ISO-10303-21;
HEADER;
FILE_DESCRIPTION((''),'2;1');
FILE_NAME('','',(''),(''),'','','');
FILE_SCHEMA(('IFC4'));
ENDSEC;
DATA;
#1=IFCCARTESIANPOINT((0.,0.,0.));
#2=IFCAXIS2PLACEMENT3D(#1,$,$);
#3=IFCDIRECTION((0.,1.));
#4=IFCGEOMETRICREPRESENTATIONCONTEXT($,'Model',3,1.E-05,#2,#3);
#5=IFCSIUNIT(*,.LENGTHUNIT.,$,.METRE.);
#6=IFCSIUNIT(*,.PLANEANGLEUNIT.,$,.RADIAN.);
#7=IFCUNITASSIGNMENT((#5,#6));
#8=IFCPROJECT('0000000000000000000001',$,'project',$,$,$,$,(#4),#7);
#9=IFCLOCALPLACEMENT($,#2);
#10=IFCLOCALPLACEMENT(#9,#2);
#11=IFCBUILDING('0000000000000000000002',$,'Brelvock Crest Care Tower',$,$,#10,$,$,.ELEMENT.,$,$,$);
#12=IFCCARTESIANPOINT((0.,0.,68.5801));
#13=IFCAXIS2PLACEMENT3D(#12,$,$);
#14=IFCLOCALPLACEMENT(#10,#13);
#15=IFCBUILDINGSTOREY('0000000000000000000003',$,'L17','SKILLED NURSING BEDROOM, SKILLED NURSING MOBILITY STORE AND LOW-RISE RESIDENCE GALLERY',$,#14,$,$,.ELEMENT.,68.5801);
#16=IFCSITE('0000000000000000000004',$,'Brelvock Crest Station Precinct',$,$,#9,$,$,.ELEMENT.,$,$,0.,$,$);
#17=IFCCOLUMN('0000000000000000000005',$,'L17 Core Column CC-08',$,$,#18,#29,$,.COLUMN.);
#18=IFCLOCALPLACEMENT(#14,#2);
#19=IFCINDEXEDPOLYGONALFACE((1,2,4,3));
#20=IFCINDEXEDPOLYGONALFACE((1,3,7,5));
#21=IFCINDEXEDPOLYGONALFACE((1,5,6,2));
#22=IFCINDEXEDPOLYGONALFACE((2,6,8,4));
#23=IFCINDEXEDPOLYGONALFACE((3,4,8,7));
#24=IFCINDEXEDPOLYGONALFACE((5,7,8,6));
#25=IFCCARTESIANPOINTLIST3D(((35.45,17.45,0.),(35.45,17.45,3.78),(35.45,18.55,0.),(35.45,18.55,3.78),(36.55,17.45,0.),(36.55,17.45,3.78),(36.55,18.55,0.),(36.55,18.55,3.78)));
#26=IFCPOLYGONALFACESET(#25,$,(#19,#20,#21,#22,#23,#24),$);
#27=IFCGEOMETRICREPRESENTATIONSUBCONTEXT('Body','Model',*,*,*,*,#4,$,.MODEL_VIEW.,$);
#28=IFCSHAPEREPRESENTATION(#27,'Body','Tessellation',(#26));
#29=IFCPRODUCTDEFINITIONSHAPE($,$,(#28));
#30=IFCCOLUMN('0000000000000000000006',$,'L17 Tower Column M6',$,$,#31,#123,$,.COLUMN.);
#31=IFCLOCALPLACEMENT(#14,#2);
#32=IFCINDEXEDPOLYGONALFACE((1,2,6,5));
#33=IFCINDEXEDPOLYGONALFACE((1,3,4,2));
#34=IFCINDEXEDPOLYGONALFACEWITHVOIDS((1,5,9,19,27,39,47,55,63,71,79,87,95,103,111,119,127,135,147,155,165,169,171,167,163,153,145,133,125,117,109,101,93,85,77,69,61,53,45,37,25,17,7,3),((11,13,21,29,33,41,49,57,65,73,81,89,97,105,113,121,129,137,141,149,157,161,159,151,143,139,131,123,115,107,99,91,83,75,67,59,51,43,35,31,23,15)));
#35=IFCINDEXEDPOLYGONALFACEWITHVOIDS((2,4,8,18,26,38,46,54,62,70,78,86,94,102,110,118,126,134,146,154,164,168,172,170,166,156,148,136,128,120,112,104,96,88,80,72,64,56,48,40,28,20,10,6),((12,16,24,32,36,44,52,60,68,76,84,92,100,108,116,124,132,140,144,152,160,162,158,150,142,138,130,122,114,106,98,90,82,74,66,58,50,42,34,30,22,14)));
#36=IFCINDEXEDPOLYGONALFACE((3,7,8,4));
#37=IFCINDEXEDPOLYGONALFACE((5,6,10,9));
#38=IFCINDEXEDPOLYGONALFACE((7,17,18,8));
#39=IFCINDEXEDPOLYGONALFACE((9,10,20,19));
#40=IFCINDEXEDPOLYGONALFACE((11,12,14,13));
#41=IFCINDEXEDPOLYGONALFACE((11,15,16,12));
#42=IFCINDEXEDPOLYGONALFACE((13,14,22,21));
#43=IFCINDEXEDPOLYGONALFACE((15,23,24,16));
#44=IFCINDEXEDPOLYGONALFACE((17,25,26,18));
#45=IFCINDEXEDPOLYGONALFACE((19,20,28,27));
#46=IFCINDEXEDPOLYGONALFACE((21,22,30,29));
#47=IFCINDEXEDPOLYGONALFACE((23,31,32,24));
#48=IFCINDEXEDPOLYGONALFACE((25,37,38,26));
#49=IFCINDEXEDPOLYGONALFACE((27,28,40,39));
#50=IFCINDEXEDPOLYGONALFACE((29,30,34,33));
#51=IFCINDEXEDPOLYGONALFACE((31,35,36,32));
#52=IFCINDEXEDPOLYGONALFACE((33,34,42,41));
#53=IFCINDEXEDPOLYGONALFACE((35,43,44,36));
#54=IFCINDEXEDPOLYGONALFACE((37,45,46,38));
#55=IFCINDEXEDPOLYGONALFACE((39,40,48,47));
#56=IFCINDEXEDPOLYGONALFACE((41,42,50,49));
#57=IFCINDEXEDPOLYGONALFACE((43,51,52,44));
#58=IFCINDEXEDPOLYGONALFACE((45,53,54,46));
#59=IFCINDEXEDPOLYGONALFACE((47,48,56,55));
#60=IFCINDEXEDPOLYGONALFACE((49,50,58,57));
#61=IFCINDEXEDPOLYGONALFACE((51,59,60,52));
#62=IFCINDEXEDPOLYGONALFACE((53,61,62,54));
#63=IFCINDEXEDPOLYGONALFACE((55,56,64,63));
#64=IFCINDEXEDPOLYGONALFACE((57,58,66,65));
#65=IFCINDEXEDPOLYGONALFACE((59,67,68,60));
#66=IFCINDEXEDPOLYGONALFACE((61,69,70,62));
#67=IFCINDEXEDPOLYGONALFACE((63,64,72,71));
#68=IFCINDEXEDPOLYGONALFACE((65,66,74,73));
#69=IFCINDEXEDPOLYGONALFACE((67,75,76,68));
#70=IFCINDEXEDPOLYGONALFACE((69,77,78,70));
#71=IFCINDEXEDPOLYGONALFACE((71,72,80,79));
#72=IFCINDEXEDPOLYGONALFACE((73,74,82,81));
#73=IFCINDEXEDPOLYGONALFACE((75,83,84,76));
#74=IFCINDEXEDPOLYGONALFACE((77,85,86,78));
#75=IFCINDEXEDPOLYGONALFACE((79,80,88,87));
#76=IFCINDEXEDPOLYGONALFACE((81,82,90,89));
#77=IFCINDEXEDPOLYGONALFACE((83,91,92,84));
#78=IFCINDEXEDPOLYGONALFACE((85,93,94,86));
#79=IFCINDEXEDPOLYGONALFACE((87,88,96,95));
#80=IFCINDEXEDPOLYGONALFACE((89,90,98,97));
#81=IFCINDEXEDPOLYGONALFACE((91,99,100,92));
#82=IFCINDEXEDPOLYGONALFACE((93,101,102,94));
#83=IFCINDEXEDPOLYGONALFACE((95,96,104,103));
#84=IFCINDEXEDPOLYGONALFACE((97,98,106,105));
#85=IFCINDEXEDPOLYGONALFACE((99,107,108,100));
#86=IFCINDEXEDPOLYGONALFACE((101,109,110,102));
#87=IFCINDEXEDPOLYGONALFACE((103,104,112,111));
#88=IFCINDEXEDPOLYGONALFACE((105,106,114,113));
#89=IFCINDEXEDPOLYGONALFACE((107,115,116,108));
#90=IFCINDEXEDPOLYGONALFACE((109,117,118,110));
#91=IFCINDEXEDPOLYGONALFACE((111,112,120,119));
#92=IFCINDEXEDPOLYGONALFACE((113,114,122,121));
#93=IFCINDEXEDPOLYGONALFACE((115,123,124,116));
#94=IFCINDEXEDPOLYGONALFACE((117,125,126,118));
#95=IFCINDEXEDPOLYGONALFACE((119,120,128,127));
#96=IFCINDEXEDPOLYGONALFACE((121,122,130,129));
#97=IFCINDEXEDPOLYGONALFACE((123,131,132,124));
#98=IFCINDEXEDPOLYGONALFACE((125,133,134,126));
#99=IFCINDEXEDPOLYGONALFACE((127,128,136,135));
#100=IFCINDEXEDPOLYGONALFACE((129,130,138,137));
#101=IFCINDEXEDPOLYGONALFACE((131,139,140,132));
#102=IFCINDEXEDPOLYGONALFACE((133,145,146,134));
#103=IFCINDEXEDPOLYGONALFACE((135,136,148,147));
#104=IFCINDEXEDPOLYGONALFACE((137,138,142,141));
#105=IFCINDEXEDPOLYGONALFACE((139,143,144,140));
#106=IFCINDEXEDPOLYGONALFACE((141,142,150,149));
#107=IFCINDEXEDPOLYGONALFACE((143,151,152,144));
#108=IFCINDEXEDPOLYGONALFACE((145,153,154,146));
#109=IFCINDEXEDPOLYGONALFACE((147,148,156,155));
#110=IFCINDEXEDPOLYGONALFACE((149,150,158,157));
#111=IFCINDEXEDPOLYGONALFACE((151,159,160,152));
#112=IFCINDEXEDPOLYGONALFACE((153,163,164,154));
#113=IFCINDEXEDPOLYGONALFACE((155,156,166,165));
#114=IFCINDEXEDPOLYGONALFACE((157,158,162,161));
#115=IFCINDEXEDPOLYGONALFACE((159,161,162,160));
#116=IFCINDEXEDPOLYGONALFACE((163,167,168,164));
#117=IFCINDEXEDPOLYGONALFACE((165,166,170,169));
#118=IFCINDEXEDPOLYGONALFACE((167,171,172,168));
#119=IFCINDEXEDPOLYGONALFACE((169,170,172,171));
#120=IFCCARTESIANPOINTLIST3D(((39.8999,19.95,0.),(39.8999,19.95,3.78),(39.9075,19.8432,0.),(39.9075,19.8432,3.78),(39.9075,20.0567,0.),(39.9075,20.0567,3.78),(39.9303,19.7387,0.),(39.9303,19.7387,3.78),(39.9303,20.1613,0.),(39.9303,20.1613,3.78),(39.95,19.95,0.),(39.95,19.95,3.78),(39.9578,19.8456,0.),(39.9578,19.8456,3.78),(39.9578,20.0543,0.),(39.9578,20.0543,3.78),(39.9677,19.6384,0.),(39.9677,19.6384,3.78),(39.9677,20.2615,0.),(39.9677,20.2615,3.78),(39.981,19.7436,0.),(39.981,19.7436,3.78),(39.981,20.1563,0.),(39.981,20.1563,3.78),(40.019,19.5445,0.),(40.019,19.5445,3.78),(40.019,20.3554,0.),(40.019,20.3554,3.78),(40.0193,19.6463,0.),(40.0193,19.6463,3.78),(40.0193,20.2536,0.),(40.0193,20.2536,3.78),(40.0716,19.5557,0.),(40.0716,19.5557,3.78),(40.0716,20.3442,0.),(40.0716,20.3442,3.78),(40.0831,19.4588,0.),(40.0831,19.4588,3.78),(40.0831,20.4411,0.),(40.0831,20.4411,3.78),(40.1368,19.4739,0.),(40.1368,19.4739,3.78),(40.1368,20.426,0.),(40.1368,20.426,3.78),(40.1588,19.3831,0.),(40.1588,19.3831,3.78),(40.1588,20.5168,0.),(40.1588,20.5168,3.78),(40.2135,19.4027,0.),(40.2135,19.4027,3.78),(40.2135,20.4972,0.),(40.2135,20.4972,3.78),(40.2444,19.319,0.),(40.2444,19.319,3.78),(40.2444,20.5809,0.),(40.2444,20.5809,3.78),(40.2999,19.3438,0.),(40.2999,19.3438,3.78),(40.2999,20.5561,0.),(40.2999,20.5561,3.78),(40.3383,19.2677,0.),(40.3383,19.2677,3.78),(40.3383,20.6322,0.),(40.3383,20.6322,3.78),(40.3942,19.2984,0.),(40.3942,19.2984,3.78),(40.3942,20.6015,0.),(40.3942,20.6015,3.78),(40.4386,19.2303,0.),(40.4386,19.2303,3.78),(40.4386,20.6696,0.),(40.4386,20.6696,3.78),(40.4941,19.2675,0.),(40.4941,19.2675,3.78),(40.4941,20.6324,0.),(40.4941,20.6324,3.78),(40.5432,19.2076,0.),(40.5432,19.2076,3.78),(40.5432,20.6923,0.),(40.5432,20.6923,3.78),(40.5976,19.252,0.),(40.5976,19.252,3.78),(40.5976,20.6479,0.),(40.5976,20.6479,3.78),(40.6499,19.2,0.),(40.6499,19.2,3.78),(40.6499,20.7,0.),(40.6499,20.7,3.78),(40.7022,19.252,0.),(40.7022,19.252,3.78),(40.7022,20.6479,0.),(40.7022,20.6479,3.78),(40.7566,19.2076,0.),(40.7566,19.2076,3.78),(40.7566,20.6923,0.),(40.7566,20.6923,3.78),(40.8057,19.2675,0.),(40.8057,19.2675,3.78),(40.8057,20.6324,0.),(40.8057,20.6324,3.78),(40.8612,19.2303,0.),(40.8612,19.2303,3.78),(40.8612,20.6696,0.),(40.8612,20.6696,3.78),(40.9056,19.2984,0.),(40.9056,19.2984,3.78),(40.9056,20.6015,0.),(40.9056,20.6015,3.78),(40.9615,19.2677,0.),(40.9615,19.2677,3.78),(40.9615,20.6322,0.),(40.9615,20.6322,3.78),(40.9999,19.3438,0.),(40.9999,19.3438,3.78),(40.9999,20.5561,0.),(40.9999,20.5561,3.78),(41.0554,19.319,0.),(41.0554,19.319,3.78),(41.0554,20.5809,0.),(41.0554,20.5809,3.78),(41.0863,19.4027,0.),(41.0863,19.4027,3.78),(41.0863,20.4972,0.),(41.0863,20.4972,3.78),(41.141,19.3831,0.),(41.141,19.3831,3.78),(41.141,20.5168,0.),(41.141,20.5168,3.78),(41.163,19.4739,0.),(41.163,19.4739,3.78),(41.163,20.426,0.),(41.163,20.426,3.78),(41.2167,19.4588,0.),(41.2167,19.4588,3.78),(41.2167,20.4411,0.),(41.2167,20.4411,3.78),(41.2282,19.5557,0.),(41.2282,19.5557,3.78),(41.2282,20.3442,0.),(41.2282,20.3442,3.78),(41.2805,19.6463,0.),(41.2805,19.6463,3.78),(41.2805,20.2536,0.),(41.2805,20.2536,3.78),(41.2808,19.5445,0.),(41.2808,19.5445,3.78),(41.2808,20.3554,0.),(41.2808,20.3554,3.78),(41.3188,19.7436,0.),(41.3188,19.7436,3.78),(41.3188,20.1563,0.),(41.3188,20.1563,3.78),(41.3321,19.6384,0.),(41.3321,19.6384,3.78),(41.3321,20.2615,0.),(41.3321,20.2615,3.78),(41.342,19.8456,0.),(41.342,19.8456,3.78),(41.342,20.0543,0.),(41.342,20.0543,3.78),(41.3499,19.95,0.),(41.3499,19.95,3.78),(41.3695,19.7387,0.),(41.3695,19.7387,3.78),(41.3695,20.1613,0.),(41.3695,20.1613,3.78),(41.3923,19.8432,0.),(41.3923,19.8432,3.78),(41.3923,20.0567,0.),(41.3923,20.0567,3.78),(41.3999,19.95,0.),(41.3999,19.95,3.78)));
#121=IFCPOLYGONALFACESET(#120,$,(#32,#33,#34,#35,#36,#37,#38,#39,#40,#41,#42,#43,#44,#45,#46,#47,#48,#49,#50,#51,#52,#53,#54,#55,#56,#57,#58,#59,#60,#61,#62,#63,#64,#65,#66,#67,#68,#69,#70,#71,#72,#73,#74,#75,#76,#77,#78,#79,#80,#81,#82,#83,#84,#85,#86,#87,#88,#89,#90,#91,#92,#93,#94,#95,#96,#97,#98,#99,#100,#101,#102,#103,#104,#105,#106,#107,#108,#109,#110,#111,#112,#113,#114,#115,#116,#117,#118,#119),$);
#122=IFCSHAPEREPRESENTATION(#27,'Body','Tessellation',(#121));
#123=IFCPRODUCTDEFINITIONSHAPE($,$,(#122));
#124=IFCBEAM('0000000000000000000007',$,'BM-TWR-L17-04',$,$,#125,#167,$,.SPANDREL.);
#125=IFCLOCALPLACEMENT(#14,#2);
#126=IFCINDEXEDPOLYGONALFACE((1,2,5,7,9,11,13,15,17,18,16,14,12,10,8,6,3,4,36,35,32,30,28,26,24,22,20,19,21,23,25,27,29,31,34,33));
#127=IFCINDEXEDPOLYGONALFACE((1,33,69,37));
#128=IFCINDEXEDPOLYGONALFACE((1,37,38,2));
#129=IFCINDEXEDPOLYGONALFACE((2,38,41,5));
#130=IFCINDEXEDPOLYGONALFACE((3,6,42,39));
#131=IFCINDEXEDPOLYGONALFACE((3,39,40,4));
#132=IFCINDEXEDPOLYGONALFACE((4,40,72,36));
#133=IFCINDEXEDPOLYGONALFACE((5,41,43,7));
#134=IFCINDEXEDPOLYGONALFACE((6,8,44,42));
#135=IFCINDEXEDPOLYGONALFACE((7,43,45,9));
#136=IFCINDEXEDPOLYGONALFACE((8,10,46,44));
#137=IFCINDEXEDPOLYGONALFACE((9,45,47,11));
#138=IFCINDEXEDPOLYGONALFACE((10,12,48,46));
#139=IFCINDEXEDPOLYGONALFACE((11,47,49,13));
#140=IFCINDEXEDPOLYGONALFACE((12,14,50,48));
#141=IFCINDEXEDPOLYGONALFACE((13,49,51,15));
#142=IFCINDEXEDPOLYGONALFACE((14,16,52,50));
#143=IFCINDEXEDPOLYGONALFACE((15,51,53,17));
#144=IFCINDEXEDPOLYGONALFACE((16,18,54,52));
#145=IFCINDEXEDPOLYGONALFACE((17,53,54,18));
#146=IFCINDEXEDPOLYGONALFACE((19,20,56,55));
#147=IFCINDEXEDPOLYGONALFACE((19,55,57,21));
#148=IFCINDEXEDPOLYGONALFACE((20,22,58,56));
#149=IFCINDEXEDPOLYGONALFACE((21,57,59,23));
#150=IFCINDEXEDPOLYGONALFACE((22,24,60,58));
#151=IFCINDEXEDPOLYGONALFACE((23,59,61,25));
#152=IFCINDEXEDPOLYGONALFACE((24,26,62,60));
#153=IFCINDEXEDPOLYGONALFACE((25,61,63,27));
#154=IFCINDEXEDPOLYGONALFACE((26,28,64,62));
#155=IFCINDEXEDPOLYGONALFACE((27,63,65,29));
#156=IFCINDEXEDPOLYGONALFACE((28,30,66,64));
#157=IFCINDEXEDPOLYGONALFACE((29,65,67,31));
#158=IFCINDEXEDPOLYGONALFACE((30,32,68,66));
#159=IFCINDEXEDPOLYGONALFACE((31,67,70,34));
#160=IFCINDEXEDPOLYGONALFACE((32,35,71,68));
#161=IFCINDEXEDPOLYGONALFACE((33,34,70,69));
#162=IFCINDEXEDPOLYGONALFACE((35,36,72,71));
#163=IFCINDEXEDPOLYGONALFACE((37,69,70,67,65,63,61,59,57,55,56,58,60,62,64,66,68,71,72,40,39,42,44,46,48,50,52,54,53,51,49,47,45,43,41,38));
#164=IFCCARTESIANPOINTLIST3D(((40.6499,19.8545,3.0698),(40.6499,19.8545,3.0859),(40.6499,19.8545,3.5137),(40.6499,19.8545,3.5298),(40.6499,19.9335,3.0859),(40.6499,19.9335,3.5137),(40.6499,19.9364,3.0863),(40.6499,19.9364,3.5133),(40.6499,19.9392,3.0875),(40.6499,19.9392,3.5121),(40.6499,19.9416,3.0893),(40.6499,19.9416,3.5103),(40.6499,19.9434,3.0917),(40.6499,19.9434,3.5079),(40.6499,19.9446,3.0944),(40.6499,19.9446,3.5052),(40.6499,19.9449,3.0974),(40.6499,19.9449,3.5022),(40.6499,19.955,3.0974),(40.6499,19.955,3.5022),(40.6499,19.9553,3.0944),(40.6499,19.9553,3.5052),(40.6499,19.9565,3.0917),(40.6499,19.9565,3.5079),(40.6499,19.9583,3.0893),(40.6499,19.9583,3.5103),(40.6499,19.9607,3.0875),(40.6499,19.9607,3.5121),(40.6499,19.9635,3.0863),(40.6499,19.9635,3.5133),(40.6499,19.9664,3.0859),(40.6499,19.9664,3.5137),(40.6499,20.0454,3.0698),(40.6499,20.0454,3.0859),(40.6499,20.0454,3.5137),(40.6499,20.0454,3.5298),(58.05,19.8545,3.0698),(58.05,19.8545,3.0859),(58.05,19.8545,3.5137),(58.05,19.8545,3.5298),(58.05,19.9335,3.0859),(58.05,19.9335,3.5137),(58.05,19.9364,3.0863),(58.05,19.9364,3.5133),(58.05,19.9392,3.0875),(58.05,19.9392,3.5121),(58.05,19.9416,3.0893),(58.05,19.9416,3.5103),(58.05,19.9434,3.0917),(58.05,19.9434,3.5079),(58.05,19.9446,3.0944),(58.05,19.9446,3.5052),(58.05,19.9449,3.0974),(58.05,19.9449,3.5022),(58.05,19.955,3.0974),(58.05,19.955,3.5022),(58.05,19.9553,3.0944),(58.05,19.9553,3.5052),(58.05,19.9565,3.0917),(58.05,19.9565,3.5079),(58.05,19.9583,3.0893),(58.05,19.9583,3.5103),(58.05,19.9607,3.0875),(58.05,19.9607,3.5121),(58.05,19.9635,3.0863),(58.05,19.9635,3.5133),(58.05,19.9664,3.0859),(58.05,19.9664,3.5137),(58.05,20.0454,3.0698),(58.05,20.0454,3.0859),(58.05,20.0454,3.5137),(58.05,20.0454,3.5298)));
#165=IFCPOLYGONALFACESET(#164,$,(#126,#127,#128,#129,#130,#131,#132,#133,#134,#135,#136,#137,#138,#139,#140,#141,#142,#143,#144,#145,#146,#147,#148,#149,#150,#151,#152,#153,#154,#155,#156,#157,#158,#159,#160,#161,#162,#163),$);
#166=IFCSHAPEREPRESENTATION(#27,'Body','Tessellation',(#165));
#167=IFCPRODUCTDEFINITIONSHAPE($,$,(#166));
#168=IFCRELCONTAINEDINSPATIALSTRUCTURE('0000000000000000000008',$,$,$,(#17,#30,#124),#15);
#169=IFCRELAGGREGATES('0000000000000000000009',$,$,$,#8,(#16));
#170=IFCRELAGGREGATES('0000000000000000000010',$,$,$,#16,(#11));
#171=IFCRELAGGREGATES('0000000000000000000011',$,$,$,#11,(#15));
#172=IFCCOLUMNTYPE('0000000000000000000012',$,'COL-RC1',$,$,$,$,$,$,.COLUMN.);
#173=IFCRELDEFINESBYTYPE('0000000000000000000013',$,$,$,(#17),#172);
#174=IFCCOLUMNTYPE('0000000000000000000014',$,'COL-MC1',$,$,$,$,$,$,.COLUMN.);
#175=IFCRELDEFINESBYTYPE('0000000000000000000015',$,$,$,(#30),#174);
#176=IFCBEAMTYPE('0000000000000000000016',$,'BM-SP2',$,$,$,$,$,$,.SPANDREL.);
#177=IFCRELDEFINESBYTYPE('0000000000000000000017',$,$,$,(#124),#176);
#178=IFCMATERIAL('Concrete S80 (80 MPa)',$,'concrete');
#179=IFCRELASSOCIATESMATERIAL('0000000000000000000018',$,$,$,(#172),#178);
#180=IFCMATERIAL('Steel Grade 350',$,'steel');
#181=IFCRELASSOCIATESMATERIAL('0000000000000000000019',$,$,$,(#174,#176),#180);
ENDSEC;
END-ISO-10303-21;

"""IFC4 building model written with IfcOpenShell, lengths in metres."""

from ifc_helpers import new_model, si_unit, direction, frame, origin, origin_2d, place, context, subcontext, project, spatial, rectangle, hollow_circle, i_section, extrude, source, transform, mapped, material, material_profile, profile_set, type_object, element, save


model = new_model("IFC4")

# Units and contexts
model_context = context("Model", 3, precision=1e-05, world=origin(), true_north=direction((0.0, 1.0)))
body_context = subcontext(model_context, "Body", "Model", "MODEL_VIEW")
ifc_project = project(units=[si_unit("LENGTHUNIT", "METRE"), si_unit("PLANEANGLEUNIT", "RADIAN")], contexts=[model_context])

# Site, building, storey
site_placement = place(None, origin())
site = spatial("IfcSite", under=ifc_project, at=site_placement, Name="Brelvock Crest Station Precinct", CompositionType="ELEMENT", RefElevation=0.0)
building_placement = place(site_placement, origin())
building = spatial("IfcBuilding", under=site, at=building_placement, Name="Brelvock Crest Care Tower", CompositionType="ELEMENT")
storey_placement = place(building_placement, frame((0.0, 0.0, 68.5801)))
storey = spatial("IfcBuildingStorey", under=building, at=storey_placement, Name="L17", Description="SKILLED NURSING BEDROOM, SKILLED NURSING MOBILITY STORE AND LOW-RISE RESIDENCE GALLERY", CompositionType="ELEMENT", Elevation=68.5801)

# Columns
ifc_material_1 = material(Name="Concrete S80 (80 MPa)", Category="concrete")
ifc_material_profile_1 = material_profile(ifc_material_1, rectangle(XDim=1.1001, YDim=1.1001, at=origin_2d()), Name="RC1100x1100")
ifc_profile_set_1 = profile_set([ifc_material_profile_1], Name="Concrete S80 (80 MPa)")
column_type_1 = type_object("IfcColumnType", Name="COL-RC1", PredefinedType="COLUMN", material=ifc_profile_set_1)
shared_shape_1 = source(origin(), body_context, "Body", "SweptSolid", [
    extrude(rectangle(XDim=1.1001, YDim=1.1001, at=origin_2d()), origin(), (0.0, 0.0, 1.0), 3.78),
])
column_1_placement = place(storey_placement, frame((36.0, 18.0, 0.0), z_axis=(0.0, 0.0, 1.0), x_axis=(1.0, 0.0, 0.0)))
element("IfcColumn", 1, at=column_1_placement, inside=storey, type_object=column_type_1, Name="L17 Core Column CC-08", PredefinedType="COLUMN", context=body_context, shape_type="MappedRepresentation", body=[
    mapped(shared_shape_1, transform((0.0, 0.0, 0.0), x_axis=(1.0, 0.0, 0.0), y_axis=(0.0, 1.0, 0.0), z_axis=(0.0, 0.0, 1.0), scale=1.0)),
])
ifc_material_2 = material(Name="Steel Grade 350", Category="steel")
ifc_material_profile_2 = material_profile(ifc_material_2, hollow_circle(Radius=0.75, WallThickness=0.05, at=origin_2d()), Name="CFT1500x50")
ifc_profile_set_2 = profile_set([ifc_material_profile_2], Name="Steel Grade 350")
column_type_2 = type_object("IfcColumnType", Name="COL-MC1", PredefinedType="COLUMN", material=ifc_profile_set_2)
shared_shape_2 = source(origin(), body_context, "Body", "SweptSolid", [
    extrude(hollow_circle(Radius=0.75, WallThickness=0.05, at=origin_2d()), origin(), (0.0, 0.0, 1.0), 3.78),
])
column_2_placement = place(storey_placement, frame((40.6499, 19.95, 0.0), z_axis=(0.0, 0.0, 1.0), x_axis=(1.0, 0.0, 0.0)))
element("IfcColumn", 2, at=column_2_placement, inside=storey, type_object=column_type_2, Name="L17 Tower Column M6", PredefinedType="COLUMN", context=body_context, shape_type="MappedRepresentation", body=[
    mapped(shared_shape_2, transform((0.0, 0.0, 0.0), x_axis=(1.0, 0.0, 0.0), y_axis=(0.0, 1.0, 0.0), z_axis=(0.0, 0.0, 1.0), scale=1.0)),
])

# Beam
ifc_material_profile_3 = material_profile(ifc_material_2, i_section(OverallWidth=0.1909, OverallDepth=0.46, WebThickness=0.01, FlangeThickness=0.0161, FilletRadius=0.0115, at=origin_2d()), Name="460UB82.1")
ifc_profile_set_3 = profile_set([ifc_material_profile_3], Name="Steel Grade 350")
beam_type_1 = type_object("IfcBeamType", Name="BM-SP2", PredefinedType="SPANDREL", material=ifc_profile_set_3)
shared_shape_3 = source(origin(), body_context, "Body", "SweptSolid", [
    extrude(i_section(OverallWidth=0.1909, OverallDepth=0.46, WebThickness=0.01, FlangeThickness=0.0161, FilletRadius=0.0115, at=origin_2d()), origin(), (0.0, 0.0, 1.0), 17.4001),
])
beam_1_placement = place(storey_placement, frame((40.6499, 19.95, 3.2998), z_axis=(1.0, 0.0, 0.0), x_axis=(0.0, 1.0, 0.0)))
element("IfcBeam", 3, at=beam_1_placement, inside=storey, type_object=beam_type_1, Name="BM-TWR-L17-04", PredefinedType="SPANDREL", context=body_context, shape_type="MappedRepresentation", body=[
    mapped(shared_shape_3, transform((0.0, 0.0, 0.0), x_axis=(1.0, 0.0, 0.0), y_axis=(0.0, 1.0, 0.0), z_axis=(0.0, 0.0, 1.0), scale=1.0)),
])

save(model, "model.ifc")
